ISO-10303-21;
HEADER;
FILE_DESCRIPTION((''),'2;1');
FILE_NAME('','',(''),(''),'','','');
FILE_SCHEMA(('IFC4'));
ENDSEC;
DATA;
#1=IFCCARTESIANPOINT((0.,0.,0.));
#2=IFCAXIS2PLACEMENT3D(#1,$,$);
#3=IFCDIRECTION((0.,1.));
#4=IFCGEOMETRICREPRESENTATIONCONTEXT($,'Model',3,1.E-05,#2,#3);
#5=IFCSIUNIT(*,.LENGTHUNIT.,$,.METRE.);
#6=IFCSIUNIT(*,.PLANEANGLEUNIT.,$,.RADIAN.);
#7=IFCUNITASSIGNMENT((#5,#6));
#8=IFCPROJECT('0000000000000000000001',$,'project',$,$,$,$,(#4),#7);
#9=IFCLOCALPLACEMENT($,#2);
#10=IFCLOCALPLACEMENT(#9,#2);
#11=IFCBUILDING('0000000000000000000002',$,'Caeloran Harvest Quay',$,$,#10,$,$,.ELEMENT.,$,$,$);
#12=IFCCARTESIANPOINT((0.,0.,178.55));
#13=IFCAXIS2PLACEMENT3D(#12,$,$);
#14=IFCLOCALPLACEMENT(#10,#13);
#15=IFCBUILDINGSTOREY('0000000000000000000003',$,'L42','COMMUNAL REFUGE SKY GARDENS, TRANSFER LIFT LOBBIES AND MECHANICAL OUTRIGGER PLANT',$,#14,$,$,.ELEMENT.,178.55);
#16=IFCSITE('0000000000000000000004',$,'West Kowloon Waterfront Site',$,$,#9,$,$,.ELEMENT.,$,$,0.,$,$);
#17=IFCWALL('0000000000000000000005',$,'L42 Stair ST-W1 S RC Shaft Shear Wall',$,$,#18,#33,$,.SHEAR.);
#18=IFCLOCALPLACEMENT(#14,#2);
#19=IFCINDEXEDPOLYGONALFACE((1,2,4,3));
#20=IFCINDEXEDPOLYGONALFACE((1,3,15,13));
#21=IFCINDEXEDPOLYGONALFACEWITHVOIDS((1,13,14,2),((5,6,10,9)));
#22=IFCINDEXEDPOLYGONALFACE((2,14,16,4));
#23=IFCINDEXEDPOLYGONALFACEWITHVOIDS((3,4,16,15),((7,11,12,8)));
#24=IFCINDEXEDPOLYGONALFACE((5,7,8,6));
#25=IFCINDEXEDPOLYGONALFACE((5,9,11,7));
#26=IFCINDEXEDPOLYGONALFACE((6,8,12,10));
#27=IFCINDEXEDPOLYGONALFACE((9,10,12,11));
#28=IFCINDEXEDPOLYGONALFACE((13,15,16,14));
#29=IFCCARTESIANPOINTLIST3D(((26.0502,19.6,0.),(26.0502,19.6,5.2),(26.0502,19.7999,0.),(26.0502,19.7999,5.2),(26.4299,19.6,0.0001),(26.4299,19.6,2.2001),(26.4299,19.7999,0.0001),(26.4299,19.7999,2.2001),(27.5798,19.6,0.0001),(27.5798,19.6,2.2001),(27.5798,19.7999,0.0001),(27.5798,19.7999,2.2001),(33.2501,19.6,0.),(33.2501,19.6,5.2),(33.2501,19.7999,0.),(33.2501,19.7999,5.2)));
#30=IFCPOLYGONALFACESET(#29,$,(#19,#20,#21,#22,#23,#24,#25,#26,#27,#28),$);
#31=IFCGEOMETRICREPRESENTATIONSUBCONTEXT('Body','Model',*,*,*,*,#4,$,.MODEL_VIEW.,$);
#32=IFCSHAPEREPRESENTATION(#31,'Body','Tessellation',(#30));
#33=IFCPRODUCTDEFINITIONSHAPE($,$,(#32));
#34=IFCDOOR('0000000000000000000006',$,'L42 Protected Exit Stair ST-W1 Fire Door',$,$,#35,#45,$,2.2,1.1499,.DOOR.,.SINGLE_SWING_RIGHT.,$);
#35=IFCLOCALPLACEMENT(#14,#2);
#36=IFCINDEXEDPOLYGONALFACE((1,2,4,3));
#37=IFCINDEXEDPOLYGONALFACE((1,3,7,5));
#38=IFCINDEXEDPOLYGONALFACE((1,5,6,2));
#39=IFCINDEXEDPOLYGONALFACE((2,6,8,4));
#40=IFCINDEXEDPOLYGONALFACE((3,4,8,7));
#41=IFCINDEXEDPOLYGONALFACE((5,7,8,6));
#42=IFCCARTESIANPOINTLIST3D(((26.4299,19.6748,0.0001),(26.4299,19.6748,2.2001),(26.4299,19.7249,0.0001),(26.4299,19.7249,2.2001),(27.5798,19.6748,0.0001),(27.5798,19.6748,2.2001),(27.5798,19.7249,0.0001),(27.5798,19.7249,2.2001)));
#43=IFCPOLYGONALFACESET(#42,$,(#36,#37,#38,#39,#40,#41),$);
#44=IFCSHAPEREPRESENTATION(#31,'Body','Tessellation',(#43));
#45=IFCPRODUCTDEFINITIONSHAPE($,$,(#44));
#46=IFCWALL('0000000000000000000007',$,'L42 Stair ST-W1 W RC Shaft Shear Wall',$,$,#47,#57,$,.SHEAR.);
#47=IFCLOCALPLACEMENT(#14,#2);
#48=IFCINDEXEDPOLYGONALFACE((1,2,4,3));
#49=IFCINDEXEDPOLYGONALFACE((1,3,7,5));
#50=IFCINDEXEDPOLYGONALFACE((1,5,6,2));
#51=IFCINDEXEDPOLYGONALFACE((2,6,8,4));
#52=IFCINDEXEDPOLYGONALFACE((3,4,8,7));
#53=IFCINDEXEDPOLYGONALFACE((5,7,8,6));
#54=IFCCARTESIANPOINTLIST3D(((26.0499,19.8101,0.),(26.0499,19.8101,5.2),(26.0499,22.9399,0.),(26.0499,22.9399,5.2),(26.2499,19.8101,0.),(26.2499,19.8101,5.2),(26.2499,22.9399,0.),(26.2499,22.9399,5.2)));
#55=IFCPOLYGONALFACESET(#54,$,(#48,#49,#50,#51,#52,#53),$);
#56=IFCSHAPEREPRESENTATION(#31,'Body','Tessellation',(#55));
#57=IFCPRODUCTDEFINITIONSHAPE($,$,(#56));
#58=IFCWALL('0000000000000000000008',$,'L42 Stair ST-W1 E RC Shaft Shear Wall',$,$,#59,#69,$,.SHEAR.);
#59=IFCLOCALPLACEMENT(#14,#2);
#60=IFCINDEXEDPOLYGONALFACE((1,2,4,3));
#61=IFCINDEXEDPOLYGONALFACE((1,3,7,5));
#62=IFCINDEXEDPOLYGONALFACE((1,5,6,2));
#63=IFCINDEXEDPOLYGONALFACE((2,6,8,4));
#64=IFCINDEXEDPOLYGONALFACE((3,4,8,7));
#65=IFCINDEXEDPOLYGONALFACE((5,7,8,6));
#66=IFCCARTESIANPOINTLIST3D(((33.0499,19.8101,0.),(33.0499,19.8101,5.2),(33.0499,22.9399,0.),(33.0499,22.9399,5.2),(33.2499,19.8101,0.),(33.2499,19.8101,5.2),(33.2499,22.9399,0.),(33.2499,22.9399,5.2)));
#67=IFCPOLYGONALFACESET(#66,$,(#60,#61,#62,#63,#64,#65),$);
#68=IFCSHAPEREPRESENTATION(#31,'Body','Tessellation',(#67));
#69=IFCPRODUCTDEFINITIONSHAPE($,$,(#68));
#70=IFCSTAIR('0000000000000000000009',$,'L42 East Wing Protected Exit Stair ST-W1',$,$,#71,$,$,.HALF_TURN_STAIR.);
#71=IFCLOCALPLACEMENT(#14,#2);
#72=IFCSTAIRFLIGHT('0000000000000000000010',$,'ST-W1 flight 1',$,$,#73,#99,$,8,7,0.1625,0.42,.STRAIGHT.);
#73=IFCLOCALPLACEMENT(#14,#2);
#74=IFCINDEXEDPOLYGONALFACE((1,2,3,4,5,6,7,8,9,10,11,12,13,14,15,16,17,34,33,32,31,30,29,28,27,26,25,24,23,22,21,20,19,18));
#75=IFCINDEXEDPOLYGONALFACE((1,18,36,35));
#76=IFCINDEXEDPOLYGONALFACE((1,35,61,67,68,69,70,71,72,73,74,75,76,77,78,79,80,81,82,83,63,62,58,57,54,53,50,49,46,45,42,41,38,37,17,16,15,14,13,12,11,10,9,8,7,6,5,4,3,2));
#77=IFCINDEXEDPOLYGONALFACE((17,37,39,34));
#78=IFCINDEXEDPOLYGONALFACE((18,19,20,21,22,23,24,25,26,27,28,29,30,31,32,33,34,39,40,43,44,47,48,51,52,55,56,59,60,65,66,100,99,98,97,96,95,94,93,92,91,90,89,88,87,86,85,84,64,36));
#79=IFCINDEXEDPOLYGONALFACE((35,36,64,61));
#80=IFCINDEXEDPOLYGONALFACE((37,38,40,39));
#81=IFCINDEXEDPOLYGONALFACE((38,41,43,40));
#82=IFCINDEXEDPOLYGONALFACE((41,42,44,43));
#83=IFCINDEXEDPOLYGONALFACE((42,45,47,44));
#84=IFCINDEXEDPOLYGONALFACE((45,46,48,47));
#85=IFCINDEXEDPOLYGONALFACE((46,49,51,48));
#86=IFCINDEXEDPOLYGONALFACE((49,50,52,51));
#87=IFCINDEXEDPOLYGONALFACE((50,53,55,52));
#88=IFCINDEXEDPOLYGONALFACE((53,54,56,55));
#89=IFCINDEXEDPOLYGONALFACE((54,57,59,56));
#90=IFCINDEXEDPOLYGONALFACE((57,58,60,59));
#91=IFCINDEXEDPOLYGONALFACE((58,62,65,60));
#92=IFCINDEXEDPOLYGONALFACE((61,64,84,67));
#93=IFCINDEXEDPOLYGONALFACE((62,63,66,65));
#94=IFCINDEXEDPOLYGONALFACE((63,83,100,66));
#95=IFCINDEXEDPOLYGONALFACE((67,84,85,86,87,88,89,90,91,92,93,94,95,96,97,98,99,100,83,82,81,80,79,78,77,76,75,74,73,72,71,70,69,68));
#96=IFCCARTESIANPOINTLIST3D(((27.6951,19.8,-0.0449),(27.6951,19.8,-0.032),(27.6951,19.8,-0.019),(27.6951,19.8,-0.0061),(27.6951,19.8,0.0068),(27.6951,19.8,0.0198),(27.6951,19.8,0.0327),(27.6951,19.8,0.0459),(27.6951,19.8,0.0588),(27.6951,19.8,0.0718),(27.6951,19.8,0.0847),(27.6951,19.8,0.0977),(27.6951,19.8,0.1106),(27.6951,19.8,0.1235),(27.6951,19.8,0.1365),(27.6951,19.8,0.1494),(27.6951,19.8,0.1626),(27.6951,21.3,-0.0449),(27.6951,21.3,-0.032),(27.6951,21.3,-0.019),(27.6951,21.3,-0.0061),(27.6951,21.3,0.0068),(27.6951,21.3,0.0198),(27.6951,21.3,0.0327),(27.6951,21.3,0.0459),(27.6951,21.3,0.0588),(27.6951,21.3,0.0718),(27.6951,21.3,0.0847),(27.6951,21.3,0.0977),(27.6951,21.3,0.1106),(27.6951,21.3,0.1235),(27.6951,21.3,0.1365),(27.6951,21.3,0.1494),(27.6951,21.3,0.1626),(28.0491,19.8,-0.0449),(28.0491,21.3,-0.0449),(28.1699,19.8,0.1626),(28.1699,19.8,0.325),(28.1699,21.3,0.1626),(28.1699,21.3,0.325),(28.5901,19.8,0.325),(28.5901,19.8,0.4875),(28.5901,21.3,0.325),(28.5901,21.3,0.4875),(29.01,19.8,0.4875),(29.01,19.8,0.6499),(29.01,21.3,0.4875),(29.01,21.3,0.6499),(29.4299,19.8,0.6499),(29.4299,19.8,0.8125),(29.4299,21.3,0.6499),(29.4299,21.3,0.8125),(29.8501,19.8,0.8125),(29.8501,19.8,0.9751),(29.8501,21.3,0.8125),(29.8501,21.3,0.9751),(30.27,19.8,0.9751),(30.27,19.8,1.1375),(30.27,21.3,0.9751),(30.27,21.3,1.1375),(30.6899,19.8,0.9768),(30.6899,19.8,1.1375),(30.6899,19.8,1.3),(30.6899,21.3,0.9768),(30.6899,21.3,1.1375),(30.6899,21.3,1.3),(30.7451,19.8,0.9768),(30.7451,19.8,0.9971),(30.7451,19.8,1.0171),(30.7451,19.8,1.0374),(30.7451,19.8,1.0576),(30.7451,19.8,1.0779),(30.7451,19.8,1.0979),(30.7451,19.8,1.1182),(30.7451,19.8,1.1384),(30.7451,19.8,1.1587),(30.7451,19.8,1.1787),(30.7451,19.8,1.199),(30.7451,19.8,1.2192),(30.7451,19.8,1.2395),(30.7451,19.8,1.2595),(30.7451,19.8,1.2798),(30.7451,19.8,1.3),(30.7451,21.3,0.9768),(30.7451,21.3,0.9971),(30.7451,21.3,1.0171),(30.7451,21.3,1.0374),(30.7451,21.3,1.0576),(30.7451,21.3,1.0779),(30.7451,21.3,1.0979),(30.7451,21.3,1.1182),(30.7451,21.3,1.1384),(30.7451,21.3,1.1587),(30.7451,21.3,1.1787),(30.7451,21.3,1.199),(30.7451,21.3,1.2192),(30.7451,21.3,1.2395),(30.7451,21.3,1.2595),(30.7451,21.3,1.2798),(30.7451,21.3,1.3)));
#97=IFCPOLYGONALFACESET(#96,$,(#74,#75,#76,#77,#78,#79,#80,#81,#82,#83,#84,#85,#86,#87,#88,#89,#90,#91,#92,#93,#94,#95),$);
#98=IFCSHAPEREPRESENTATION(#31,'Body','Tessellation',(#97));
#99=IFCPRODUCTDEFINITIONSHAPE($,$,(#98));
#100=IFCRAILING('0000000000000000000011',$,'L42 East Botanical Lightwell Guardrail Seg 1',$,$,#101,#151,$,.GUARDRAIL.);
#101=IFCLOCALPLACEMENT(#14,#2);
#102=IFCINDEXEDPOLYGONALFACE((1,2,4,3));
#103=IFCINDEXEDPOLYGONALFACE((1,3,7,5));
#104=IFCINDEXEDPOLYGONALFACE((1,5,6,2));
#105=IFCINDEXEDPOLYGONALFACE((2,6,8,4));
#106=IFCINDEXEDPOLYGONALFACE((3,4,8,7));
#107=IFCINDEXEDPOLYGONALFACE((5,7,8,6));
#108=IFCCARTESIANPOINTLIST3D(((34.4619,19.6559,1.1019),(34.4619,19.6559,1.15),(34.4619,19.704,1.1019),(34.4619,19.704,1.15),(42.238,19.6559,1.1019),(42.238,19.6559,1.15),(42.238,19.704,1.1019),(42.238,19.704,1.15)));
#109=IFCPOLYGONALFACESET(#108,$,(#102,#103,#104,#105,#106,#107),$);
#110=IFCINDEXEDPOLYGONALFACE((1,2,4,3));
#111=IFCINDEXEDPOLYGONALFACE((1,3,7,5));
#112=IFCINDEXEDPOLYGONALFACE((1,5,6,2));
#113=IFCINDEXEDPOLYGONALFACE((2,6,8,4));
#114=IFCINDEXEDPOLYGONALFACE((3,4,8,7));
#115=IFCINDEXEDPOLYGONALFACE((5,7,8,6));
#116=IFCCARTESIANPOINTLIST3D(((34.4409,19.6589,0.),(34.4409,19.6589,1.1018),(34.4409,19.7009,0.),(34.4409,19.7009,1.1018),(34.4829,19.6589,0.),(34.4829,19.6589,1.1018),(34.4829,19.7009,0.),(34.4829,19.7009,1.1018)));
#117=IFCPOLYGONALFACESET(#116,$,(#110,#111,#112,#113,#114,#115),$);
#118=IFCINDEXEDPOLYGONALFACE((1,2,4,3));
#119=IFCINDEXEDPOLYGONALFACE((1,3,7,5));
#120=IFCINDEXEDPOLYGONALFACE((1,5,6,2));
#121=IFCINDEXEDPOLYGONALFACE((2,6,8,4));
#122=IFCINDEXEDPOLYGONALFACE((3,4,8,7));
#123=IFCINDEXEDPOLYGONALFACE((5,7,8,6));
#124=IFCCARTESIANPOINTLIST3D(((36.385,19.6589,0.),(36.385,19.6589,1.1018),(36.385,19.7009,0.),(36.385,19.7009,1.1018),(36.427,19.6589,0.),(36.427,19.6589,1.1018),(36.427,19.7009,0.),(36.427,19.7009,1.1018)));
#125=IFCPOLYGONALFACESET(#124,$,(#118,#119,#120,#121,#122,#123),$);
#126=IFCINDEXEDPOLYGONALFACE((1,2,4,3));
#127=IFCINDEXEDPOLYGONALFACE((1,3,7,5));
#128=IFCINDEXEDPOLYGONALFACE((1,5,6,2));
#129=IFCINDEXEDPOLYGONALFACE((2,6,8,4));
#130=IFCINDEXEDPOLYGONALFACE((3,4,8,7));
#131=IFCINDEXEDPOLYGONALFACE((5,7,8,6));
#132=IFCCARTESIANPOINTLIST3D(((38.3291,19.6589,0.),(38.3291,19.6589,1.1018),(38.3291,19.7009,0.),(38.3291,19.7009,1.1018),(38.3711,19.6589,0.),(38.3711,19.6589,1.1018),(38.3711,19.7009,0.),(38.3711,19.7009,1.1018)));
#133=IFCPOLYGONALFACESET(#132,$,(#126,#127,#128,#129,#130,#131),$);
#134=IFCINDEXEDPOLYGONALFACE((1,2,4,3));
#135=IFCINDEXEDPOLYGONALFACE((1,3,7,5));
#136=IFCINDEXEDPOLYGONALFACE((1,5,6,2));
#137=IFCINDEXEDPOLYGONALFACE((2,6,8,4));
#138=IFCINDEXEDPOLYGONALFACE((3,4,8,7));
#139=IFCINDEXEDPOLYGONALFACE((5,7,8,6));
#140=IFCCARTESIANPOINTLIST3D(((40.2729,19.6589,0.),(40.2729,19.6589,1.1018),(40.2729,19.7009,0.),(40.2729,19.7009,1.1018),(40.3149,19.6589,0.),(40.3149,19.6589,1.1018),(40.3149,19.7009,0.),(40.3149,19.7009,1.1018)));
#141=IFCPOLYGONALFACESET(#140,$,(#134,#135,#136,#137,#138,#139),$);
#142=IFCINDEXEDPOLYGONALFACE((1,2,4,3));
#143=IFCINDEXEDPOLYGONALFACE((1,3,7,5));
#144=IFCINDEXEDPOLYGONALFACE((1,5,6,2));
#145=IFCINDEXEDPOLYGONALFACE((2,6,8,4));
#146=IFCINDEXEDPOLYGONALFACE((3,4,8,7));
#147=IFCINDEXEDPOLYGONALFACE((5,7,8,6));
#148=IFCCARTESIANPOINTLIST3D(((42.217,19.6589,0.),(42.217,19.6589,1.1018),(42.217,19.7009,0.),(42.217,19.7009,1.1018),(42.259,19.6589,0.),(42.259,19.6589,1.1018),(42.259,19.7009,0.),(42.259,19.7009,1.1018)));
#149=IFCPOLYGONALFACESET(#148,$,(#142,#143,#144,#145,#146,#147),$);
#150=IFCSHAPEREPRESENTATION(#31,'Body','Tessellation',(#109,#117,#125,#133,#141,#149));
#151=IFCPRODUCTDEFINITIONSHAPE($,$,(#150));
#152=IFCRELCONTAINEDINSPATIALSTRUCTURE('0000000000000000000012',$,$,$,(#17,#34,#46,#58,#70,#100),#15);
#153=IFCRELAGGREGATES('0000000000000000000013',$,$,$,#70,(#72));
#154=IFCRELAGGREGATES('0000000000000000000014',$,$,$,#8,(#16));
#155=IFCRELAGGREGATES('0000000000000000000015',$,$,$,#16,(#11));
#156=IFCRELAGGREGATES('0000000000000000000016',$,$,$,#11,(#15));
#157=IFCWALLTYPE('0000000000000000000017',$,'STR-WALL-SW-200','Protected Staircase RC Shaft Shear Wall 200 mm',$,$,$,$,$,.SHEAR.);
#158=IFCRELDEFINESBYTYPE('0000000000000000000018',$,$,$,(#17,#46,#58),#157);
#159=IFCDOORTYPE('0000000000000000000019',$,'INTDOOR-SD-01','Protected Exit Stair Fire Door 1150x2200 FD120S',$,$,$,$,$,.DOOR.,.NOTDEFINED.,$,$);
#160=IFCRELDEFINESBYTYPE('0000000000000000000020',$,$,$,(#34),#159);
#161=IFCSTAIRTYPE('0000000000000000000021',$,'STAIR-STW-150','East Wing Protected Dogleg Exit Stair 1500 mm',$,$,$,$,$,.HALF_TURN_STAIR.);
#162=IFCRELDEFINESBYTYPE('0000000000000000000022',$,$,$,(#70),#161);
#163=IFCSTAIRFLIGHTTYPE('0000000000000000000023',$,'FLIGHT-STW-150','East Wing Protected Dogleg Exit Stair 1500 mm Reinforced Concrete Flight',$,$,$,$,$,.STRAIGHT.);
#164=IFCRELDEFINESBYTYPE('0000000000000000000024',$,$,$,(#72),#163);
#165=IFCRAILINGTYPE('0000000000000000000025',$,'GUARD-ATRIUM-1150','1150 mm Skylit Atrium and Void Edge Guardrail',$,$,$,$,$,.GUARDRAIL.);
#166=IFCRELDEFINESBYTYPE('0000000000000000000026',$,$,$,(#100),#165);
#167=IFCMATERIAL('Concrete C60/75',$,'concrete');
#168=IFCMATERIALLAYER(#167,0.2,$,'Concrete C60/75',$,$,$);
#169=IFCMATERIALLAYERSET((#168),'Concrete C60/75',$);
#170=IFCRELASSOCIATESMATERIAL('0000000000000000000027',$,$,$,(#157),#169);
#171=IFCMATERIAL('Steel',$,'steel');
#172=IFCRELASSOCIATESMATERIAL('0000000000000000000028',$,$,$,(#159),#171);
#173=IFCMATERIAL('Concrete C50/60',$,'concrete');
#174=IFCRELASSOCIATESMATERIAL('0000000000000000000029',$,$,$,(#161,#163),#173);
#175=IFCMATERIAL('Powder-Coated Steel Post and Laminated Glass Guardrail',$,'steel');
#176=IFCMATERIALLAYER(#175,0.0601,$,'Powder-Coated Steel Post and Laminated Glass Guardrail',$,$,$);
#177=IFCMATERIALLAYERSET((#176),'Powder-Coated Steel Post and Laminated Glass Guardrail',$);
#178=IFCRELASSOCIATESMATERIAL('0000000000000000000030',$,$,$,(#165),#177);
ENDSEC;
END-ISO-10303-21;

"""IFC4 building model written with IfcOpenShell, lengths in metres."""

from ifc_helpers import new_model, si_unit, direction, frame, frame_2d, origin, origin_2d, place, context, subcontext, project, spatial, polyline, rectangle, outline, extrude, material, layer, layer_set, type_object, element, fill, aggregate, save


model = new_model("IFC4")

# Units and contexts
model_context = context("Model", 3, precision=1e-05, world=origin(), true_north=direction((0.0, 1.0)))
body_context = subcontext(model_context, "Body", "Model", "MODEL_VIEW")
ifc_project = project(units=[si_unit("LENGTHUNIT", "METRE"), si_unit("PLANEANGLEUNIT", "RADIAN")], contexts=[model_context])

# Site, building, storey
site_placement = place(None, origin())
site = spatial("IfcSite", under=ifc_project, at=site_placement, Name="West Kowloon Waterfront Site", CompositionType="ELEMENT", RefElevation=0.0)
building_placement = place(site_placement, origin())
building = spatial("IfcBuilding", under=site, at=building_placement, Name="Caeloran Harvest Quay", CompositionType="ELEMENT")
storey_placement = place(building_placement, frame((0.0, 0.0, 178.55)))
storey = spatial("IfcBuildingStorey", under=building, at=storey_placement, Name="L42", Description="COMMUNAL REFUGE SKY GARDENS, TRANSFER LIFT LOBBIES AND MECHANICAL OUTRIGGER PLANT", CompositionType="ELEMENT", Elevation=178.55)

# Wall, opening, door
ifc_material_1 = material(Name="Concrete C60/75", Category="concrete")
ifc_layer_1 = layer(ifc_material_1, 0.2, Name="Concrete C60/75")
ifc_layer_set_1 = layer_set([ifc_layer_1], Name="Concrete C60/75")
wall_type_1 = type_object("IfcWallType", Name="STR-WALL-SW-200", Description="Protected Staircase RC Shaft Shear Wall 200 mm", PredefinedType="SHEAR", material=ifc_layer_set_1)
wall_1_placement = place(storey_placement, frame((26.05, 19.7, 0.0), z_axis=(0.0, 0.0, 1.0), x_axis=(1.0, 0.0, 0.0)))
wall_1 = element("IfcWall", 1, at=wall_1_placement, inside=storey, type_object=wall_type_1, Name="L42 Stair ST-W1 S RC Shaft Shear Wall", PredefinedType="SHEAR", context=body_context, shape_type="SweptSolid", body=[
    extrude(rectangle(XDim=7.2, YDim=0.2, at=frame_2d((3.6001, 0.0))), origin(), (0.0, 0.0, 1.0), 5.2),
])
opening_placement = place(wall_1_placement, frame((0.3799, 0.0, 0.0)))
opening = element("IfcOpeningElement", 2, at=opening_placement, cuts=wall_1, PredefinedType="OPENING", context=body_context, shape_type="SweptSolid", body=[
    extrude(rectangle(XDim=1.1499, YDim=2.2, at=frame_2d((0.575, 1.1001))), frame((0.0, 0.1099, 0.0), z_axis=(0.0, -1.0, 0.0), x_axis=(1.0, 0.0, 0.0)), (0.0, 0.0, 1.0), 0.22),
])
ifc_material_2 = material(Name="Steel", Category="steel")
door_type = type_object("IfcDoorType", Name="INTDOOR-SD-01", Description="Protected Exit Stair Fire Door 1150x2200 FD120S", OperationType="NOTDEFINED", PredefinedType="DOOR", material=ifc_material_2)
door_placement = place(opening_placement, origin())
door = element("IfcDoor", 3, at=door_placement, inside=storey, type_object=door_type, Name="L42 Protected Exit Stair ST-W1 Fire Door", OperationType="SINGLE_SWING_RIGHT", OverallHeight=2.2, OverallWidth=1.1499, PredefinedType="DOOR", context=body_context, shape_type="SweptSolid", body=[
    extrude(rectangle(XDim=1.1499, YDim=2.2, at=frame_2d((0.575, 1.1001))), frame((0.0, 0.0249, 0.0), z_axis=(0.0, -1.0, 0.0), x_axis=(1.0, 0.0, 0.0)), (0.0, 0.0, 1.0), 0.05),
])
fill(opening, door)

# Walls
for number, where, z_axis, x_axis, name in (
    (4, (26.1499, 19.8101, 0.0), (0.0, 0.0, 1.0), (0.0, 1.0, 0.0), "L42 Stair ST-W1 W RC Shaft Shear Wall"),
    (5, (33.1499, 19.8101, 0.0), (0.0, 0.0, 1.0), (0.0, 1.0, 0.0), "L42 Stair ST-W1 E RC Shaft Shear Wall"),
):
    element("IfcWall", number, at=place(storey_placement, frame(where, z_axis=z_axis, x_axis=x_axis)), inside=storey, type_object=wall_type_1, Name=name, PredefinedType="SHEAR", context=body_context, shape_type="SweptSolid", body=[
        extrude(rectangle(XDim=3.1299, YDim=0.2, at=frame_2d((1.5649, 0.0))), origin(), (0.0, 0.0, 1.0), 5.2),
    ])

# Stair, stair flight
ifc_material_3 = material(Name="Concrete C50/60", Category="concrete")
stair_type = type_object("IfcStairType", Name="STAIR-STW-150", Description="East Wing Protected Dogleg Exit Stair 1500 mm", PredefinedType="HALF_TURN_STAIR", material=ifc_material_3)
stair_placement = place(storey_placement, origin())
stair = element("IfcStair", 6, at=stair_placement, inside=storey, type_object=stair_type, Name="L42 East Wing Protected Exit Stair ST-W1", PredefinedType="HALF_TURN_STAIR")
stair_flight_type = type_object("IfcStairFlightType", Name="FLIGHT-STW-150", Description="East Wing Protected Dogleg Exit Stair 1500 mm Reinforced Concrete Flight", PredefinedType="STRAIGHT", material=ifc_material_3)
stair_flight_1_placement = place(storey_placement, frame((27.75, 20.55, 0.0), z_axis=(0.0, 0.0, 1.0), x_axis=(1.0, 0.0, 0.0)))
stair_flight_1 = element("IfcStairFlight", 7, at=stair_flight_1_placement, type_object=stair_flight_type, Name="ST-W1 flight 1", NumberOfRisers=8, NumberOfTreads=7, PredefinedType="STRAIGHT", RiserHeight=0.1625, TreadLength=0.42, context=body_context, shape_type="SweptSolid", body=[
    extrude(outline(polyline([(-0.0549, -0.0449), (-0.0549, -0.032), (-0.0549, -0.019), (-0.0549, -0.0061), (-0.0549, 0.0068), (-0.0549, 0.0198), (-0.0549, 0.0327), (-0.0549, 0.0459), (-0.0549, 0.0588), (-0.0549, 0.0718), (-0.0549, 0.0847), (-0.0549, 0.0977), (-0.0549, 0.1106), (-0.0549, 0.1235), (-0.0549, 0.1365), (-0.0549, 0.1494), (-0.0549, 0.1626), (0.4199, 0.1626), (0.4199, 0.325), (0.8401, 0.325), (0.8401, 0.4875), (1.26, 0.4875), (1.26, 0.6499), (1.6799, 0.6499), (1.6799, 0.8125), (2.1001, 0.8125), (2.1001, 0.9751), (2.52, 0.9751), (2.52, 1.1375), (2.9399, 1.1375), (2.9399, 1.3), (2.9951, 1.3), (2.9951, 1.2798), (2.9951, 1.2595), (2.9951, 1.2395), (2.9951, 1.2192), (2.9951, 1.199), (2.9951, 1.1787), (2.9951, 1.1587), (2.9951, 1.1384), (2.9951, 1.1182), (2.9951, 1.0979), (2.9951, 1.0779), (2.9951, 1.0576), (2.9951, 1.0374), (2.9951, 1.0171), (2.9951, 0.9971), (2.9951, 0.9768), (2.9399, 0.9768), (0.2991, -0.0449), (-0.0549, -0.0449)])), frame((0.0, 0.75, 0.0), z_axis=(0.0, -1.0, 0.0), x_axis=(1.0, 0.0, 0.0)), (0.0, 0.0, 1.0), 1.5),
])
aggregate(stair, [stair_flight_1])

# Railing
ifc_material_4 = material(Name="Powder-Coated Steel Post and Laminated Glass Guardrail", Category="steel")
ifc_layer_2 = layer(ifc_material_4, 0.0601, Name="Powder-Coated Steel Post and Laminated Glass Guardrail")
ifc_layer_set_2 = layer_set([ifc_layer_2], Name="Powder-Coated Steel Post and Laminated Glass Guardrail")
railing_type_1 = type_object("IfcRailingType", Name="GUARD-ATRIUM-1150", Description="1150 mm Skylit Atrium and Void Edge Guardrail", PredefinedType="GUARDRAIL", material=ifc_layer_set_2)
railing_1_placement = place(storey_placement, frame((34.4619, 19.6799, 0.0)))
element("IfcRailing", 8, at=railing_1_placement, inside=storey, type_object=railing_type_1, Name="L42 East Botanical Lightwell Guardrail Seg 1", PredefinedType="GUARDRAIL", context=body_context, shape_type="SweptSolid", body=[
    extrude(rectangle(XDim=0.0481, YDim=0.0481, at=origin_2d()), frame((0.0, 0.0, 1.126), z_axis=(1.0, 0.0, 0.0), x_axis=(0.0, 1.0, 0.0)), (0.0, 0.0, 1.0), 7.7761),
    extrude(rectangle(XDim=0.042, YDim=0.042, at=origin_2d()), origin(), (0.0, 0.0, 1.0), 1.1018),
    extrude(rectangle(XDim=0.042, YDim=0.042, at=origin_2d()), frame((1.9441, 0.0, 0.0)), (0.0, 0.0, 1.0), 1.1018),
    extrude(rectangle(XDim=0.042, YDim=0.042, at=origin_2d()), frame((3.8882, 0.0, 0.0)), (0.0, 0.0, 1.0), 1.1018),
    extrude(rectangle(XDim=0.042, YDim=0.042, at=origin_2d()), frame((5.832, 0.0, 0.0)), (0.0, 0.0, 1.0), 1.1018),
    extrude(rectangle(XDim=0.042, YDim=0.042, at=origin_2d()), frame((7.7761, 0.0, 0.0)), (0.0, 0.0, 1.0), 1.1018),
])

save(model, "model.ifc")
